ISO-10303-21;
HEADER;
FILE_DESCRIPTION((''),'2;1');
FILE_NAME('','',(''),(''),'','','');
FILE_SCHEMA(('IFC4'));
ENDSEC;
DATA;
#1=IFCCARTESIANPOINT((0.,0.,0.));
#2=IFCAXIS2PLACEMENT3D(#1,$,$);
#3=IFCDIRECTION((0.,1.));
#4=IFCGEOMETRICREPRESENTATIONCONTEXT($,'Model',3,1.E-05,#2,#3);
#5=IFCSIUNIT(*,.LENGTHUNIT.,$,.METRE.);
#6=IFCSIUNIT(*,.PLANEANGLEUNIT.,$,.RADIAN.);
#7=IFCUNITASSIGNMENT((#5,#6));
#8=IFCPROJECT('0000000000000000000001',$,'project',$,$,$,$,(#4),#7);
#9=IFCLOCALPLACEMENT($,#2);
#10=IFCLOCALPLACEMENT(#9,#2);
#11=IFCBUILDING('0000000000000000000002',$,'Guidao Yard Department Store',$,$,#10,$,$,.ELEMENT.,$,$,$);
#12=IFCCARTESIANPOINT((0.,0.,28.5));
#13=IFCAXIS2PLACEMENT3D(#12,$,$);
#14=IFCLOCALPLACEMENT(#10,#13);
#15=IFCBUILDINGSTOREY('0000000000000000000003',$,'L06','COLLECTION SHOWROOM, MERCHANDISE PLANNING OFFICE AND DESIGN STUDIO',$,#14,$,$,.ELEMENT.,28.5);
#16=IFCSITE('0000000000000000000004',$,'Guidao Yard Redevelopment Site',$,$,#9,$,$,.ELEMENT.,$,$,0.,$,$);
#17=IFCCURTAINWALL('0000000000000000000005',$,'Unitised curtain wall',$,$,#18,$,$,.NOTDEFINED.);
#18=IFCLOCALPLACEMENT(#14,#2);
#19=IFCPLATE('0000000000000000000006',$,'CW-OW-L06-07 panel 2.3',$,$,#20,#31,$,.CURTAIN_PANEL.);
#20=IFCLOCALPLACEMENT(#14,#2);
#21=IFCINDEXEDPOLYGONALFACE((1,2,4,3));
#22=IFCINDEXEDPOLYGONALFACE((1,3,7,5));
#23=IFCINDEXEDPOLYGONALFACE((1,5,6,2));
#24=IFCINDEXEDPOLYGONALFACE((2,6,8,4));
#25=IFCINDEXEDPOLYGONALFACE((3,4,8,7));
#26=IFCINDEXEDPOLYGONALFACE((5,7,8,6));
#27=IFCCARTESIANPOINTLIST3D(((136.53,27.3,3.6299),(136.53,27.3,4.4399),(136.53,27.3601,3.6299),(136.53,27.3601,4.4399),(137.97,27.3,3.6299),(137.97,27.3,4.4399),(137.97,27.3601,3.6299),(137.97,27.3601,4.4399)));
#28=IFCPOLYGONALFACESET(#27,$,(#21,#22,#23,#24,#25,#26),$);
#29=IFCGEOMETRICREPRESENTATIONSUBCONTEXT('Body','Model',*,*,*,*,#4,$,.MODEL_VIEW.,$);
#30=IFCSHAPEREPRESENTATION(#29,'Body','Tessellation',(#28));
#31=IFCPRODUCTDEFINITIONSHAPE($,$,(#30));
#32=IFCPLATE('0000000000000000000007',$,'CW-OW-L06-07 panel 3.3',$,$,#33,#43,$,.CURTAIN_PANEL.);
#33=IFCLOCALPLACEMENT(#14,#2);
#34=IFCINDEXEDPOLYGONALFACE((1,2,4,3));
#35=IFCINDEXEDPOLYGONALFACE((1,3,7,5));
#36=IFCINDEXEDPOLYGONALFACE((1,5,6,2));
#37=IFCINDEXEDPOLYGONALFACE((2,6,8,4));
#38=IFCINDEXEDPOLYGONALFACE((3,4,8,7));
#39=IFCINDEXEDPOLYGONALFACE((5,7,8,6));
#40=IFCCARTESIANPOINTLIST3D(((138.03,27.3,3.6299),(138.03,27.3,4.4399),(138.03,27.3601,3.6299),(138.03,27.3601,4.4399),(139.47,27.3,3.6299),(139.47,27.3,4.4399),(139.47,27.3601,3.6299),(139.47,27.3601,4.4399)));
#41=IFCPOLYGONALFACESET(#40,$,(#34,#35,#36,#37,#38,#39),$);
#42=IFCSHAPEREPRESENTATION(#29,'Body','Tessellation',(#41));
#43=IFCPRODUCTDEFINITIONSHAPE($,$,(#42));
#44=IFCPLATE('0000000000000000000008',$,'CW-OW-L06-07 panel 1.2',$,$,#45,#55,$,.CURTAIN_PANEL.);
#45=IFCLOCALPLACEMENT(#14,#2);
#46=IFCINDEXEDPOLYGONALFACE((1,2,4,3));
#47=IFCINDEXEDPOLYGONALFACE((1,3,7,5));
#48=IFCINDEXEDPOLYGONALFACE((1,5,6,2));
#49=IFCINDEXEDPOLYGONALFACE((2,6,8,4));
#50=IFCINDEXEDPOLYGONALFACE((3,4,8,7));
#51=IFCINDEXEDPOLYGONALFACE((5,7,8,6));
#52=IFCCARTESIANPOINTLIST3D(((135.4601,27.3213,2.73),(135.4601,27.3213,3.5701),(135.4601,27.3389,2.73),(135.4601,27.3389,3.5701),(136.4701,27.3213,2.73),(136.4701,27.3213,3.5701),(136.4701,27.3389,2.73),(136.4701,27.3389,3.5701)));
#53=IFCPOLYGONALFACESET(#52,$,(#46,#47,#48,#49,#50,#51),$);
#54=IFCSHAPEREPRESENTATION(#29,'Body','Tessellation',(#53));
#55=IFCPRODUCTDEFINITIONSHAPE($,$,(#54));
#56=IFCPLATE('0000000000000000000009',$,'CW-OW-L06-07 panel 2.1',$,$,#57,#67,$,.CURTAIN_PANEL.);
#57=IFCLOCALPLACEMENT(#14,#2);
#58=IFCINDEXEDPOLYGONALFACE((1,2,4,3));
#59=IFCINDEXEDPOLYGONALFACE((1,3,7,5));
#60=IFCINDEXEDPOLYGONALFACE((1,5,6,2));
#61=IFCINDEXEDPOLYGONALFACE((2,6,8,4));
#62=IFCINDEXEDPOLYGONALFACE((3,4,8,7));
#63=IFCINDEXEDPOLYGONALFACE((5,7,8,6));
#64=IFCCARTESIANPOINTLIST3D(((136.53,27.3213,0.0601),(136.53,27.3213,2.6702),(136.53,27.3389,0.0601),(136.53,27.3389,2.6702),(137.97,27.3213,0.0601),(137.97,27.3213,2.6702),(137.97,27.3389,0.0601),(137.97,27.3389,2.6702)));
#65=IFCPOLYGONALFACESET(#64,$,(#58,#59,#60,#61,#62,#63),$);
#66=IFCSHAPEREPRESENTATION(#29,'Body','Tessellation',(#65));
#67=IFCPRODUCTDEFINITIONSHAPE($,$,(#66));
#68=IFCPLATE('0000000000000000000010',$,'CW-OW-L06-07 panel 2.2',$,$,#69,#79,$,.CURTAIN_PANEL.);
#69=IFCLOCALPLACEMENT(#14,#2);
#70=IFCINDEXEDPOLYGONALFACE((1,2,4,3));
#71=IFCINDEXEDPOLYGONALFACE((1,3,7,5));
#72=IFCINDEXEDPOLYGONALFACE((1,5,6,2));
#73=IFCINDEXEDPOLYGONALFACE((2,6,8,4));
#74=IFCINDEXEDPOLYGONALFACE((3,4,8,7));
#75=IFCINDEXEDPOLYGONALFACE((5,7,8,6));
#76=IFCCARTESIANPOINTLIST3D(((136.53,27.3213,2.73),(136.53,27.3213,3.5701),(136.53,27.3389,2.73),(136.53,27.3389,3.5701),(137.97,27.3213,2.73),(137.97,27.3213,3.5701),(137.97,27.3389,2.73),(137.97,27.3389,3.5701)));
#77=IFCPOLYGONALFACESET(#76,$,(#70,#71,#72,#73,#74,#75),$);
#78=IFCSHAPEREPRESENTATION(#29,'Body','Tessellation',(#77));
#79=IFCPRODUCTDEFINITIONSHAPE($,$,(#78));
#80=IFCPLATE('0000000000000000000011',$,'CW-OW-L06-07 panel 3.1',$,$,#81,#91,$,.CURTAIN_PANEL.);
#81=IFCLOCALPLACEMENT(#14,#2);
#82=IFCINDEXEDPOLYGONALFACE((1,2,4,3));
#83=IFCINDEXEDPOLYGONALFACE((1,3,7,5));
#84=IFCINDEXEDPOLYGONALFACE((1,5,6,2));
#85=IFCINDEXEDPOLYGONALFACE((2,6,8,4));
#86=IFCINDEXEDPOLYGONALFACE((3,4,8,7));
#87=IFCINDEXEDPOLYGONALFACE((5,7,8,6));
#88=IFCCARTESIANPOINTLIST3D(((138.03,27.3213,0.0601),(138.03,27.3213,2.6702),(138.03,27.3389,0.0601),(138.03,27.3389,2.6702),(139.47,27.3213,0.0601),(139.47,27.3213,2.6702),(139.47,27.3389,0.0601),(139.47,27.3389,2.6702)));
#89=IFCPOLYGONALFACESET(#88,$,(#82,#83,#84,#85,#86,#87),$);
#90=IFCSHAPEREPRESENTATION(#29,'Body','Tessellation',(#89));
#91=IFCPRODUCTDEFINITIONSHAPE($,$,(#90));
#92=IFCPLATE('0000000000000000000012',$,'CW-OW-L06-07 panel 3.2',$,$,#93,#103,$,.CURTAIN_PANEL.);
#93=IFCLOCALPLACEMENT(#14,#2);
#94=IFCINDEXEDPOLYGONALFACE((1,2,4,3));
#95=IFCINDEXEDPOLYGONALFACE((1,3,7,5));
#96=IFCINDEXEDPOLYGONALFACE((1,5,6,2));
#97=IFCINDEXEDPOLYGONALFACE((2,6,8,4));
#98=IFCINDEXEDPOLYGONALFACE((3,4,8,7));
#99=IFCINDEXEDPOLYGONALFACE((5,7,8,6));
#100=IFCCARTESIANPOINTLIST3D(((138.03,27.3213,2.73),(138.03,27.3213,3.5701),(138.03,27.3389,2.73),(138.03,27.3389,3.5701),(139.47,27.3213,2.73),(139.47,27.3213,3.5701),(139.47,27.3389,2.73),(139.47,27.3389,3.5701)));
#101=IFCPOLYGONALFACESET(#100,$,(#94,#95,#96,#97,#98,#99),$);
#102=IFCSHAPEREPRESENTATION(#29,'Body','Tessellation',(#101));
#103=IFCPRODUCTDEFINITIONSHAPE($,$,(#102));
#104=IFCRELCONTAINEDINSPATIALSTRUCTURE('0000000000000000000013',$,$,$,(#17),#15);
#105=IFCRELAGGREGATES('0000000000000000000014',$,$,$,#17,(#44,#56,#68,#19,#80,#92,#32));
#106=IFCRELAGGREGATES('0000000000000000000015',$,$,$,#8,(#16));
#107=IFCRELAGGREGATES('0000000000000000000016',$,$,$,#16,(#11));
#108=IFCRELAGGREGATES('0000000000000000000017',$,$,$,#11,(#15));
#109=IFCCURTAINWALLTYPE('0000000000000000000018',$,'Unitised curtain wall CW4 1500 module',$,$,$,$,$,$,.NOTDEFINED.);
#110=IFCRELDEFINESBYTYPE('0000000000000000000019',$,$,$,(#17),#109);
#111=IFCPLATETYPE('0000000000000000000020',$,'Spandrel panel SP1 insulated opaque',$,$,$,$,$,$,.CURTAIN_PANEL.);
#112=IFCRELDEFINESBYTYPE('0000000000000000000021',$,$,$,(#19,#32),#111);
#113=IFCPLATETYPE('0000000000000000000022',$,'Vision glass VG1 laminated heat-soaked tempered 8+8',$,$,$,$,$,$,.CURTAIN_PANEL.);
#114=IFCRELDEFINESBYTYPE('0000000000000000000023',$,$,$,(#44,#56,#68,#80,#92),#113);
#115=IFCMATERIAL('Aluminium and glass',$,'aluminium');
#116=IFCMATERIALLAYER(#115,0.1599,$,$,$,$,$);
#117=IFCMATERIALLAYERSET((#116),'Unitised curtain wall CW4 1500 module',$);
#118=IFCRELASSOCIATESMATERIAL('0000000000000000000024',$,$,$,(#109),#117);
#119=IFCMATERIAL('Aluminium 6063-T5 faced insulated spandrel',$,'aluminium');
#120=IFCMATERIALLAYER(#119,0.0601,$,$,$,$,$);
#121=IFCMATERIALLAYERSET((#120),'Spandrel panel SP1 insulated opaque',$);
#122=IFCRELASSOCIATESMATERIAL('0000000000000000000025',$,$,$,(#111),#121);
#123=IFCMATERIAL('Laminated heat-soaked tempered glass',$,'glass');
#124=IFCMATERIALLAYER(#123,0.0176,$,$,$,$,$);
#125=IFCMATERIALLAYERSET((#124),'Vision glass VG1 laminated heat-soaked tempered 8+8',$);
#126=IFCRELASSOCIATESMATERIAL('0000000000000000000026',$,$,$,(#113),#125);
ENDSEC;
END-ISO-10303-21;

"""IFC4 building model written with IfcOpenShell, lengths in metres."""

from ifc_helpers import new_model, si_unit, direction, frame, origin, origin_2d, place, context, subcontext, project, spatial, rectangle, extrude, material, layer, layer_set, type_object, element, aggregate, save


model = new_model("IFC4")

# Units and contexts
model_context = context("Model", 3, precision=1e-05, world=origin(), true_north=direction((0.0, 1.0)))
body_context = subcontext(model_context, "Body", "Model", "MODEL_VIEW")
ifc_project = project(units=[si_unit("LENGTHUNIT", "METRE"), si_unit("PLANEANGLEUNIT", "RADIAN")], contexts=[model_context])

# Site, building, storey
site_placement = place(None, origin())
site = spatial("IfcSite", under=ifc_project, at=site_placement, Name="Guidao Yard Redevelopment Site", CompositionType="ELEMENT", RefElevation=0.0)
building_placement = place(site_placement, origin())
building = spatial("IfcBuilding", under=site, at=building_placement, Name="Guidao Yard Department Store", CompositionType="ELEMENT")
storey_placement = place(building_placement, frame((0.0, 0.0, 28.5)))
storey = spatial("IfcBuildingStorey", under=building, at=storey_placement, Name="L06", Description="COLLECTION SHOWROOM, MERCHANDISE PLANNING OFFICE AND DESIGN STUDIO", CompositionType="ELEMENT", Elevation=28.5)

# Curtain wall, plates
ifc_material_1 = material(Name="Aluminium and glass", Category="aluminium")
ifc_layer_1 = layer(ifc_material_1, 0.1599)
ifc_layer_set_1 = layer_set([ifc_layer_1], Name="Unitised curtain wall CW4 1500 module")
curtain_wall_type = type_object("IfcCurtainWallType", Name="Unitised curtain wall CW4 1500 module", PredefinedType="NOTDEFINED", material=ifc_layer_set_1)
curtain_wall_placement = place(storey_placement, origin())
curtain_wall = element("IfcCurtainWall", 1, at=curtain_wall_placement, inside=storey, type_object=curtain_wall_type, Name="Unitised curtain wall", PredefinedType="NOTDEFINED")
ifc_material_2 = material(Name="Aluminium 6063-T5 faced insulated spandrel", Category="aluminium")
ifc_layer_2 = layer(ifc_material_2, 0.0601)
ifc_layer_set_2 = layer_set([ifc_layer_2], Name="Spandrel panel SP1 insulated opaque")
plate_type_1 = type_object("IfcPlateType", Name="Spandrel panel SP1 insulated opaque", PredefinedType="CURTAIN_PANEL", material=ifc_layer_set_2)
plate_1_placement = place(storey_placement, frame((137.25, 27.3301, 3.6299), z_axis=(0.0, 0.0, 1.0), x_axis=(1.0, 0.0, 0.0)))
plate_1 = element("IfcPlate", 2, at=plate_1_placement, type_object=plate_type_1, Name="CW-OW-L06-07 panel 2.3", PredefinedType="CURTAIN_PANEL", context=body_context, shape_type="SweptSolid", body=[
    extrude(rectangle(XDim=1.4399, YDim=0.0601, at=origin_2d()), origin(), (0.0, 0.0, 1.0), 0.8101),
])
plate_2_placement = place(storey_placement, frame((138.75, 27.3301, 3.6299), z_axis=(0.0, 0.0, 1.0), x_axis=(1.0, 0.0, 0.0)))
plate_2 = element("IfcPlate", 3, at=plate_2_placement, type_object=plate_type_1, Name="CW-OW-L06-07 panel 3.3", PredefinedType="CURTAIN_PANEL", context=body_context, shape_type="SweptSolid", body=[
    extrude(rectangle(XDim=1.4399, YDim=0.0601, at=origin_2d()), origin(), (0.0, 0.0, 1.0), 0.8101),
])
ifc_material_3 = material(Name="Laminated heat-soaked tempered glass", Category="glass")
ifc_layer_3 = layer(ifc_material_3, 0.0176)
ifc_layer_set_3 = layer_set([ifc_layer_3], Name="Vision glass VG1 laminated heat-soaked tempered 8+8")
plate_type_2 = type_object("IfcPlateType", Name="Vision glass VG1 laminated heat-soaked tempered 8+8", PredefinedType="CURTAIN_PANEL", material=ifc_layer_set_3)
plate_3_placement = place(storey_placement, frame((135.9651, 27.3301, 2.73), z_axis=(0.0, 0.0, 1.0), x_axis=(1.0, 0.0, 0.0)))
plate_3 = element("IfcPlate", 4, at=plate_3_placement, type_object=plate_type_2, Name="CW-OW-L06-07 panel 1.2", PredefinedType="CURTAIN_PANEL", context=body_context, shape_type="SweptSolid", body=[
    extrude(rectangle(XDim=1.01, YDim=0.0176, at=origin_2d()), origin(), (0.0, 0.0, 1.0), 0.8401),
])
plate_4_placement = place(storey_placement, frame((137.25, 27.3301, 0.0601), z_axis=(0.0, 0.0, 1.0), x_axis=(1.0, 0.0, 0.0)))
plate_4 = element("IfcPlate", 5, at=plate_4_placement, type_object=plate_type_2, Name="CW-OW-L06-07 panel 2.1", PredefinedType="CURTAIN_PANEL", context=body_context, shape_type="SweptSolid", body=[
    extrude(rectangle(XDim=1.4399, YDim=0.0176, at=origin_2d()), origin(), (0.0, 0.0, 1.0), 2.6101),
])
plate_5_placement = place(storey_placement, frame((137.25, 27.3301, 2.73), z_axis=(0.0, 0.0, 1.0), x_axis=(1.0, 0.0, 0.0)))
plate_5 = element("IfcPlate", 6, at=plate_5_placement, type_object=plate_type_2, Name="CW-OW-L06-07 panel 2.2", PredefinedType="CURTAIN_PANEL", context=body_context, shape_type="SweptSolid", body=[
    extrude(rectangle(XDim=1.4399, YDim=0.0176, at=origin_2d()), origin(), (0.0, 0.0, 1.0), 0.8401),
])
plate_6_placement = place(storey_placement, frame((138.75, 27.3301, 0.0601), z_axis=(0.0, 0.0, 1.0), x_axis=(1.0, 0.0, 0.0)))
plate_6 = element("IfcPlate", 7, at=plate_6_placement, type_object=plate_type_2, Name="CW-OW-L06-07 panel 3.1", PredefinedType="CURTAIN_PANEL", context=body_context, shape_type="SweptSolid", body=[
    extrude(rectangle(XDim=1.4399, YDim=0.0176, at=origin_2d()), origin(), (0.0, 0.0, 1.0), 2.6101),
])
plate_7_placement = place(storey_placement, frame((138.75, 27.3301, 2.73), z_axis=(0.0, 0.0, 1.0), x_axis=(1.0, 0.0, 0.0)))
plate_7 = element("IfcPlate", 8, at=plate_7_placement, type_object=plate_type_2, Name="CW-OW-L06-07 panel 3.2", PredefinedType="CURTAIN_PANEL", context=body_context, shape_type="SweptSolid", body=[
    extrude(rectangle(XDim=1.4399, YDim=0.0176, at=origin_2d()), origin(), (0.0, 0.0, 1.0), 0.8401),
])
aggregate(curtain_wall, [plate_3, plate_4, plate_5, plate_1, plate_6, plate_7, plate_2])

save(model, "model.ifc")
